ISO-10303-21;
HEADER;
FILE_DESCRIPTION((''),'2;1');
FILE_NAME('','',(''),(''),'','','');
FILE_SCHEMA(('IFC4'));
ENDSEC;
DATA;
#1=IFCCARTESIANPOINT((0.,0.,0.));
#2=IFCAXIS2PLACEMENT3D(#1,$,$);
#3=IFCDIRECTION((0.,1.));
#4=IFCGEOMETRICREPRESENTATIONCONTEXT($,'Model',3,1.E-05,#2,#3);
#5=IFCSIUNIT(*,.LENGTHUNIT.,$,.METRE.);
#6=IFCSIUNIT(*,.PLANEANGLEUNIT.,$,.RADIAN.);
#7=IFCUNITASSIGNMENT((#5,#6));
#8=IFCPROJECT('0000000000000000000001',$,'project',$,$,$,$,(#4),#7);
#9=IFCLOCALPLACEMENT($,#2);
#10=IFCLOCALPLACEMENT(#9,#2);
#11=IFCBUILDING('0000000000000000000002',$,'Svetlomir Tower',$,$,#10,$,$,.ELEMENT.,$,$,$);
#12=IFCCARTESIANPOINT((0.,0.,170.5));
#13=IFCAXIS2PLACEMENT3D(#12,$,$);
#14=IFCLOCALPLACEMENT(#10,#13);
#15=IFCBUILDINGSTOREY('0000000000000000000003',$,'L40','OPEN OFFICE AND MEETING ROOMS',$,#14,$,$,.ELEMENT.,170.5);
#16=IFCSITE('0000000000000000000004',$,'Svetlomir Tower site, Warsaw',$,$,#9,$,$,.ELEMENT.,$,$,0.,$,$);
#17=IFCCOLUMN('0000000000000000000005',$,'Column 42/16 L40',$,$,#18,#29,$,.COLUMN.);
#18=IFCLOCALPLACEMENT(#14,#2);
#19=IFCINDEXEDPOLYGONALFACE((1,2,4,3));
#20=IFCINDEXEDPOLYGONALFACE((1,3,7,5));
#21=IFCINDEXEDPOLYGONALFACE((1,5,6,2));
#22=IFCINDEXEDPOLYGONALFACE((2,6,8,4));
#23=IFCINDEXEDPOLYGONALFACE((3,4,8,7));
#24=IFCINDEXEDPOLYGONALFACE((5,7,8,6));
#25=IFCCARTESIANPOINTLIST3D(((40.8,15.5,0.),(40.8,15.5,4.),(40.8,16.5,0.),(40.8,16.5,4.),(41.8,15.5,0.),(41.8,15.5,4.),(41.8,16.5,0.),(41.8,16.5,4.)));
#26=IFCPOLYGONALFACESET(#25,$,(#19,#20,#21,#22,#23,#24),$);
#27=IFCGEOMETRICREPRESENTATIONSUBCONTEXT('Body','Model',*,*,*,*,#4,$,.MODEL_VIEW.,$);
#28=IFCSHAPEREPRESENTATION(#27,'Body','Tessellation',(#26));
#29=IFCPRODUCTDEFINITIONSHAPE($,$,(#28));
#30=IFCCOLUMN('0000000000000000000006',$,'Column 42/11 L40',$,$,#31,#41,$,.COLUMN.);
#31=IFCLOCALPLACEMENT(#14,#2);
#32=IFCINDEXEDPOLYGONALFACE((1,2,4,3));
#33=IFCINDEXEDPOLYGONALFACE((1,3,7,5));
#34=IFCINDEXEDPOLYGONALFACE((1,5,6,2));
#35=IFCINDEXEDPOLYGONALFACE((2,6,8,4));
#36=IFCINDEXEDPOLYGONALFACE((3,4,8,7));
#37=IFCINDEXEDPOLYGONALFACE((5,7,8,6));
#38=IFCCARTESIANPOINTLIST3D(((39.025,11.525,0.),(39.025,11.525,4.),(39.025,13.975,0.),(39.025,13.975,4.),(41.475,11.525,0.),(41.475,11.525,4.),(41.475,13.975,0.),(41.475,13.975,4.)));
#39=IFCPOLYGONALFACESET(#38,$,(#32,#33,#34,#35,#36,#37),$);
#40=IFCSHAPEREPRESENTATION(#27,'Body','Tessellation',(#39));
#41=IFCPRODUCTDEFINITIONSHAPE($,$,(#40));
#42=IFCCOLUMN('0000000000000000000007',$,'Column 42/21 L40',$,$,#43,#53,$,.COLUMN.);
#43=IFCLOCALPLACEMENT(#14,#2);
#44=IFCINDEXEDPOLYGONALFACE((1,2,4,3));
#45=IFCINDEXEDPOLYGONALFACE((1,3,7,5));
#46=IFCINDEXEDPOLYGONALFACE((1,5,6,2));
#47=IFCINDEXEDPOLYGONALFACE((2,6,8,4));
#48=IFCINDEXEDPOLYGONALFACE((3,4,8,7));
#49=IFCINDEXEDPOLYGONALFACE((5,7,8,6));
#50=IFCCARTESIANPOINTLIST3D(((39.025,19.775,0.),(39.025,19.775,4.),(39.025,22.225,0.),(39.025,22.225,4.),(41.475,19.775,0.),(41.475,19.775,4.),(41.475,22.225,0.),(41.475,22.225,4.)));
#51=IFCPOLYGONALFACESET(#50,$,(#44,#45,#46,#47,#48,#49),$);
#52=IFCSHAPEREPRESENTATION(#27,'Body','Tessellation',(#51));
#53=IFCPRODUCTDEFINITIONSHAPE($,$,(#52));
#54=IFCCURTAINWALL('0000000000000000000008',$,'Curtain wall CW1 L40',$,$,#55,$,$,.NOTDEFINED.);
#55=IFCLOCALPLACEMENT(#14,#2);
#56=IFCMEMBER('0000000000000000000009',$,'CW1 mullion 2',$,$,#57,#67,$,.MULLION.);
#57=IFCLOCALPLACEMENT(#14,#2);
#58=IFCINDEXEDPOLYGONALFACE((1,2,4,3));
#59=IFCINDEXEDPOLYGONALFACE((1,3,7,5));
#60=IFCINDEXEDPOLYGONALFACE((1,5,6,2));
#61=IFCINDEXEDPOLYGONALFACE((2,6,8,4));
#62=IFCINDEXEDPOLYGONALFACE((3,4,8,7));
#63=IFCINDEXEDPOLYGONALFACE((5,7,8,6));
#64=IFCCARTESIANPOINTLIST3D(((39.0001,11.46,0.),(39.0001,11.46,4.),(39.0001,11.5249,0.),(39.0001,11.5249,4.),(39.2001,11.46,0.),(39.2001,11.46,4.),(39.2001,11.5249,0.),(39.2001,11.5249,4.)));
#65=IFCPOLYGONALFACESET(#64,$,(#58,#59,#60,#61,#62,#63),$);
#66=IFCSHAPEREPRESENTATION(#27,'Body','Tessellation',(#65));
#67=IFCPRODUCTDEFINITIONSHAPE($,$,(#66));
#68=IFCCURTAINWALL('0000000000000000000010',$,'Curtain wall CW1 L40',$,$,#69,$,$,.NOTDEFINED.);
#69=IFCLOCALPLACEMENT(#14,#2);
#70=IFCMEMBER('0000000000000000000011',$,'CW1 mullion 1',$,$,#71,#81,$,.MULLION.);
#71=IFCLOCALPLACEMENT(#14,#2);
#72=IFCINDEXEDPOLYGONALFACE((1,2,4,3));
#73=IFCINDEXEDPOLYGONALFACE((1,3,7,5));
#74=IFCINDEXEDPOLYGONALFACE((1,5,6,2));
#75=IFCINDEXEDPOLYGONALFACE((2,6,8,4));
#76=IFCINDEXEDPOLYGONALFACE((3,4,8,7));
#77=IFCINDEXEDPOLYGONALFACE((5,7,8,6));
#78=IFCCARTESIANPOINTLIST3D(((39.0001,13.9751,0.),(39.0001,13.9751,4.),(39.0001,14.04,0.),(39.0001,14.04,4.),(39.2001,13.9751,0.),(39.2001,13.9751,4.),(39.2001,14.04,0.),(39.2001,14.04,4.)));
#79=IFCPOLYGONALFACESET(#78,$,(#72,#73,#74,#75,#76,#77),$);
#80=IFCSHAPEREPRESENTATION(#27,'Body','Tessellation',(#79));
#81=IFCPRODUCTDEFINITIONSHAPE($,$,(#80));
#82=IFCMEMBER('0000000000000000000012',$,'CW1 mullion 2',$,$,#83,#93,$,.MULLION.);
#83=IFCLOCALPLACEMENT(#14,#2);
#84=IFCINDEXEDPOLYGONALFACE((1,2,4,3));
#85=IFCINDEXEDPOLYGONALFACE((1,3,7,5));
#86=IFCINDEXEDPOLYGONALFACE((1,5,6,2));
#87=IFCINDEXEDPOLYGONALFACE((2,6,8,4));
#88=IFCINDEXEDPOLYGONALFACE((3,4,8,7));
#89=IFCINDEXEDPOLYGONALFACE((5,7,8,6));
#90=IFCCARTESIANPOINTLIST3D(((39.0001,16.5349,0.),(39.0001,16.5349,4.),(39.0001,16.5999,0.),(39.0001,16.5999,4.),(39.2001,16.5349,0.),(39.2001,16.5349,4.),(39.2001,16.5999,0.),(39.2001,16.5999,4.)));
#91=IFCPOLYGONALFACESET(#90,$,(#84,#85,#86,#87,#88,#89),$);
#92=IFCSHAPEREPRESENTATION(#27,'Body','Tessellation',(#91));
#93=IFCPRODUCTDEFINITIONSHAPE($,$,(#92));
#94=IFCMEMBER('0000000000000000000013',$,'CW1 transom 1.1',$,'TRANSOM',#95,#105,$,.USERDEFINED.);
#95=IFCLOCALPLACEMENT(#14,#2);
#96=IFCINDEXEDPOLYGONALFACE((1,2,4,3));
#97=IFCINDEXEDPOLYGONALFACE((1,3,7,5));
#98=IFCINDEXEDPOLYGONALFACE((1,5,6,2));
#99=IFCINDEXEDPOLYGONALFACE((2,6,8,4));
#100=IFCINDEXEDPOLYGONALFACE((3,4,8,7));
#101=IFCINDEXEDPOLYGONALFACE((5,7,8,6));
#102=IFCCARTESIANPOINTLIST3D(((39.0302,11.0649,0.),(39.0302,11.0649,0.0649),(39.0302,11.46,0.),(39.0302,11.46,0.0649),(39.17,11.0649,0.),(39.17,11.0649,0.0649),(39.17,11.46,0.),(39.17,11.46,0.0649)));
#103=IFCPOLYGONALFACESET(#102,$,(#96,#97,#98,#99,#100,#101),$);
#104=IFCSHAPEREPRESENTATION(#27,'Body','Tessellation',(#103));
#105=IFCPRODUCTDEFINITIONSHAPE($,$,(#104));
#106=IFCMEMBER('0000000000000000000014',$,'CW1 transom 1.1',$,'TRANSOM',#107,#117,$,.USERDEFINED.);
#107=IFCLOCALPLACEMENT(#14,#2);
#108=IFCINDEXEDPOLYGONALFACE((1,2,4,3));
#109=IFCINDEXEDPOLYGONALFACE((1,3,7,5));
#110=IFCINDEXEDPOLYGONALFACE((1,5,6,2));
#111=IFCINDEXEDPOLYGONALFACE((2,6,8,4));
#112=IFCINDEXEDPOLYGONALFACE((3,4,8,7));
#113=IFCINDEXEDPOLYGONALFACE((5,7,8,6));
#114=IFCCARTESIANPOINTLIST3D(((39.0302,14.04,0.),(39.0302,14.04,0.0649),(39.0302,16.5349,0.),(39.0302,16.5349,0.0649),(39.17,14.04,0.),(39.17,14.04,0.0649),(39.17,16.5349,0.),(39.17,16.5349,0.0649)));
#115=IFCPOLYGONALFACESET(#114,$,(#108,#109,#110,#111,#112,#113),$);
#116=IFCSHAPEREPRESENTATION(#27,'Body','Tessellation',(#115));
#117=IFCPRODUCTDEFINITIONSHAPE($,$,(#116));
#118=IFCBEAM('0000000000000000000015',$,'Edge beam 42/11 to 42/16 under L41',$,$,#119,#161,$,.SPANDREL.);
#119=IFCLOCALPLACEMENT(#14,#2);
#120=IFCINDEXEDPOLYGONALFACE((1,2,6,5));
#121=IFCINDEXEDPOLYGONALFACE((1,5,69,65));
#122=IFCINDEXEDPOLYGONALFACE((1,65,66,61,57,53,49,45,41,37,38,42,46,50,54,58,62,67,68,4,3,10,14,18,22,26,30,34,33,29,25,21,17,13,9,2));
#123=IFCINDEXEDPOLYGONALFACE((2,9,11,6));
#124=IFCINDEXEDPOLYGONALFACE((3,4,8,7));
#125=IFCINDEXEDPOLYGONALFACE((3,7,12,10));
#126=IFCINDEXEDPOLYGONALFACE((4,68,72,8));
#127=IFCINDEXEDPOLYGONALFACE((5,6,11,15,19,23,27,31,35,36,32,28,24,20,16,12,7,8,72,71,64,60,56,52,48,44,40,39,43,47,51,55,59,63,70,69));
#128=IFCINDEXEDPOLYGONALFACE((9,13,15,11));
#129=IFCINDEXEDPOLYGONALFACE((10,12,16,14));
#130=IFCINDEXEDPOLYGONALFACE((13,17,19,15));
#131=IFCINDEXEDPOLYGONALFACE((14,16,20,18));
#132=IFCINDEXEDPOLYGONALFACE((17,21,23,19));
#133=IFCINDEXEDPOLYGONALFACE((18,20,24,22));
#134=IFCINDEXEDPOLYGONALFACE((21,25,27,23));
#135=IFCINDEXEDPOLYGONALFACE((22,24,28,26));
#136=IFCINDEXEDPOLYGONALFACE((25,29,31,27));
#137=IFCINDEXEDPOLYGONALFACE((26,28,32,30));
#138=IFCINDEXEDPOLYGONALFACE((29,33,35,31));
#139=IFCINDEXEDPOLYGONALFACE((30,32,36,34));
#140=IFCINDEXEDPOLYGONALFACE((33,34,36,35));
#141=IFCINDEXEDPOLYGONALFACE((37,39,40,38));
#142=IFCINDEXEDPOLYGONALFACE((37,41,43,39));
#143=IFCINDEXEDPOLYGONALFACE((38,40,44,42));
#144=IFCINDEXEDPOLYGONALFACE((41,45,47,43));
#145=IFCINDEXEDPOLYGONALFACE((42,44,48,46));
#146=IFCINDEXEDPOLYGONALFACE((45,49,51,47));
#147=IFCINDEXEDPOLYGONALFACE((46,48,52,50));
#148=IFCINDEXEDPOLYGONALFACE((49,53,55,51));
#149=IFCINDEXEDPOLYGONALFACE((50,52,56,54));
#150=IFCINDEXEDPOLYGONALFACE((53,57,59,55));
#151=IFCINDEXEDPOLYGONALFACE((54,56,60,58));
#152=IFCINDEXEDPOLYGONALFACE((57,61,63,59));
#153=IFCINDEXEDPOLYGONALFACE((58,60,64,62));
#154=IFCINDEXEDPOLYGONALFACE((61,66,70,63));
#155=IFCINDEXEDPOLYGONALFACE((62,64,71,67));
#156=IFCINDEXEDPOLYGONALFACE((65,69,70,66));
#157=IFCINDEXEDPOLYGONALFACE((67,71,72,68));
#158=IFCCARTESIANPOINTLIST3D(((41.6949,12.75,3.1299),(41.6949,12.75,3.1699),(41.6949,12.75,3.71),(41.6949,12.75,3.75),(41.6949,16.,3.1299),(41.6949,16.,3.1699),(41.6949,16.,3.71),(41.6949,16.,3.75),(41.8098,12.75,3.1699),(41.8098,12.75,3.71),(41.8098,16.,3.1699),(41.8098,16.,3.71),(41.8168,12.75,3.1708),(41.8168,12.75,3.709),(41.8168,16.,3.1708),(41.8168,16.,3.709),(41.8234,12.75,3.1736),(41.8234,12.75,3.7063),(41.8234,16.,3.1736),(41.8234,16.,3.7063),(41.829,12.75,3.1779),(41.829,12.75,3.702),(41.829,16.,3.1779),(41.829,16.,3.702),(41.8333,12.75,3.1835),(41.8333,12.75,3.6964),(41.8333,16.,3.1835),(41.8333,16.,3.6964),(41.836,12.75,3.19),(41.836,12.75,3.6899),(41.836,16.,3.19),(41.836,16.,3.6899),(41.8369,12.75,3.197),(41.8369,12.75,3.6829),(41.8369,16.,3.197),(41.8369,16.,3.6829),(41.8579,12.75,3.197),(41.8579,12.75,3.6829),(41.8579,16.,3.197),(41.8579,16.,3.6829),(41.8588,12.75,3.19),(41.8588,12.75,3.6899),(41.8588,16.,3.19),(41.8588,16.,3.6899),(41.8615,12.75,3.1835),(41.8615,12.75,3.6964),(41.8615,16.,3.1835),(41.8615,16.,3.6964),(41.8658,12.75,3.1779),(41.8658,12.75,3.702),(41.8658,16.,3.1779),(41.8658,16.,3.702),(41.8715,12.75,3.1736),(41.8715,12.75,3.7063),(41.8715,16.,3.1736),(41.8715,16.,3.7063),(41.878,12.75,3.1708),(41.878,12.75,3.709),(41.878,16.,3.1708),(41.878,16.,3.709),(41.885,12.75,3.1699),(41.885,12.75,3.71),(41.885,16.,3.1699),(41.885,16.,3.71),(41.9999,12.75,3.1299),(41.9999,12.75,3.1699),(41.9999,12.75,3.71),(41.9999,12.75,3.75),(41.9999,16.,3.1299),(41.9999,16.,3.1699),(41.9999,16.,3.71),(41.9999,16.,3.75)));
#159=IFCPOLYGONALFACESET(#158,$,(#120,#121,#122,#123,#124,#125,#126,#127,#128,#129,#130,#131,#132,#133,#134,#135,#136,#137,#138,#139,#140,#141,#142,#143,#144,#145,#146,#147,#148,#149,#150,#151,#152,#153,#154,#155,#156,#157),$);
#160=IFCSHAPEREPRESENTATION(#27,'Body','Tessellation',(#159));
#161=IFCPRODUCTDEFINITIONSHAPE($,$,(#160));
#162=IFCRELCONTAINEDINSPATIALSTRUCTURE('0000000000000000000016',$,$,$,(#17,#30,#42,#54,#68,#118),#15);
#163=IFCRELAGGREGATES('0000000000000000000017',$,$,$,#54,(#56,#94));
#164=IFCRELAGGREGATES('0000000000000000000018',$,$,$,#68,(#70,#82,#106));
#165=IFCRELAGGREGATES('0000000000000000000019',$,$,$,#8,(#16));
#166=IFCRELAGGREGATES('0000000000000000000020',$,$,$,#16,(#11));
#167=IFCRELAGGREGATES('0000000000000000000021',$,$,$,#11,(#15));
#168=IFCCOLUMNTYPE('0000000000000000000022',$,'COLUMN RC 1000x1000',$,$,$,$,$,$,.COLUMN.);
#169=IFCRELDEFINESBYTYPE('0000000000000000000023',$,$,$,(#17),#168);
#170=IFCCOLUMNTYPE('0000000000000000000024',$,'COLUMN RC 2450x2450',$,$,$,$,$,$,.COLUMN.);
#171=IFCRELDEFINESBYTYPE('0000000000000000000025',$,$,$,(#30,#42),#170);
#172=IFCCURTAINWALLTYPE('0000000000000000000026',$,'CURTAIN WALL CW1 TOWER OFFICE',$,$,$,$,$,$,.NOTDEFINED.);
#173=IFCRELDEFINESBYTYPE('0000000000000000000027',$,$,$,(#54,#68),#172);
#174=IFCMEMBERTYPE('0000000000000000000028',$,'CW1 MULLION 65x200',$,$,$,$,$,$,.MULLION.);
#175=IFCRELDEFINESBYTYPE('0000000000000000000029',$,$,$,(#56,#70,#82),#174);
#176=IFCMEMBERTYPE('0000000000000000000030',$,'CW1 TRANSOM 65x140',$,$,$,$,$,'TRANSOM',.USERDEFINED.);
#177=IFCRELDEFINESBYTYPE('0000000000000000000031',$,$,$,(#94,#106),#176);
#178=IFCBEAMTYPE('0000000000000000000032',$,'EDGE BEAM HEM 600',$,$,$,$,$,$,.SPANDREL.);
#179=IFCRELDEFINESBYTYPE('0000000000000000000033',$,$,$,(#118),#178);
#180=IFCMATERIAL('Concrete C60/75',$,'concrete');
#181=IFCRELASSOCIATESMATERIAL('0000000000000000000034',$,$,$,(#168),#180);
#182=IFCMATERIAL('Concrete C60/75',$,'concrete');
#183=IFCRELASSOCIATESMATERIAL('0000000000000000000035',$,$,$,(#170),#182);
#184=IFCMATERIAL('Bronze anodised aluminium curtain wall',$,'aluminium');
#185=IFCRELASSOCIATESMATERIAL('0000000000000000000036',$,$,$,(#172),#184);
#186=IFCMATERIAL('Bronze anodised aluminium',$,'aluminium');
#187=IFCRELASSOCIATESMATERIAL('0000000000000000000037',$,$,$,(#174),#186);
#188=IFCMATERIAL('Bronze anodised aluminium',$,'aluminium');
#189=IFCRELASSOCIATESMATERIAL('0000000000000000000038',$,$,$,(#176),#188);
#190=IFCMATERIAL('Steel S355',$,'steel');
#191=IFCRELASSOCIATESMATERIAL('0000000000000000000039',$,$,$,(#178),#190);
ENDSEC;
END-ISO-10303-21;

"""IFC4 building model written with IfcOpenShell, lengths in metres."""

from ifc_helpers import new_model, si_unit, direction, frame, origin, origin_2d, place, context, subcontext, project, spatial, rectangle, i_section, extrude, material, material_profile, profile_set, type_object, element, aggregate, save


model = new_model("IFC4")

# Units and contexts
model_context = context("Model", 3, precision=1e-05, world=origin(), true_north=direction((0.0, 1.0)))
body_context = subcontext(model_context, "Body", "Model", "MODEL_VIEW")
ifc_project = project(units=[si_unit("LENGTHUNIT", "METRE"), si_unit("PLANEANGLEUNIT", "RADIAN")], contexts=[model_context])

# Site, building, storey
site_placement = place(None, origin())
site = spatial("IfcSite", under=ifc_project, at=site_placement, Name="Svetlomir Tower site, Warsaw", CompositionType="ELEMENT", RefElevation=0.0)
building_placement = place(site_placement, origin())
building = spatial("IfcBuilding", under=site, at=building_placement, Name="Svetlomir Tower", CompositionType="ELEMENT")
storey_placement = place(building_placement, frame((0.0, 0.0, 170.5)))
storey = spatial("IfcBuildingStorey", under=building, at=storey_placement, Name="L40", Description="OPEN OFFICE AND MEETING ROOMS", CompositionType="ELEMENT", Elevation=170.5)

# Columns
ifc_material_1 = material(Name="Concrete C60/75", Category="concrete")
ifc_material_profile_1 = material_profile(ifc_material_1, rectangle(XDim=1.0, YDim=1.0, at=origin_2d()), Name="RC 1000x1000")
ifc_profile_set_1 = profile_set([ifc_material_profile_1], Name="Concrete C60/75")
column_type_1 = type_object("IfcColumnType", Name="COLUMN RC 1000x1000", PredefinedType="COLUMN", material=ifc_profile_set_1)
column_placement = place(storey_placement, frame((41.3, 16.0, 0.0), z_axis=(0.0, 0.0, 1.0), x_axis=(1.0, 0.0, 0.0)))
element("IfcColumn", 1, at=column_placement, inside=storey, type_object=column_type_1, Name="Column 42/16 L40", PredefinedType="COLUMN", context=body_context, shape_type="SweptSolid", body=[
    extrude(rectangle(XDim=1.0, YDim=1.0, at=origin_2d()), origin(), (0.0, 0.0, 1.0), 4.0),
])
ifc_material_2 = material(Name="Concrete C60/75", Category="concrete")
ifc_material_profile_2 = material_profile(ifc_material_2, rectangle(XDim=2.45, YDim=2.45, at=origin_2d()), Name="RC 2450x2450")
ifc_profile_set_2 = profile_set([ifc_material_profile_2], Name="Concrete C60/75")
column_type_2 = type_object("IfcColumnType", Name="COLUMN RC 2450x2450", PredefinedType="COLUMN", material=ifc_profile_set_2)
for number, where, z_axis, x_axis, name in (
    (2, (40.25, 12.75, 0.0), (0.0, 0.0, 1.0), (1.0, 0.0, 0.0), "Column 42/11 L40"),
    (3, (40.25, 21.0, 0.0), (0.0, 0.0, 1.0), (1.0, 0.0, 0.0), "Column 42/21 L40"),
):
    element("IfcColumn", number, at=place(storey_placement, frame(where, z_axis=z_axis, x_axis=x_axis)), inside=storey, type_object=column_type_2, Name=name, PredefinedType="COLUMN", context=body_context, shape_type="SweptSolid", body=[
        extrude(rectangle(XDim=2.45, YDim=2.45, at=origin_2d()), origin(), (0.0, 0.0, 1.0), 4.0),
    ])

# Curtain wall, member
ifc_material_3 = material(Name="Bronze anodised aluminium curtain wall", Category="aluminium")
curtain_wall_type = type_object("IfcCurtainWallType", Name="CURTAIN WALL CW1 TOWER OFFICE", PredefinedType="NOTDEFINED", material=ifc_material_3)
curtain_wall_1_placement = place(storey_placement, origin())
curtain_wall_1 = element("IfcCurtainWall", 4, at=curtain_wall_1_placement, inside=storey, type_object=curtain_wall_type, Name="Curtain wall CW1 L40", PredefinedType="NOTDEFINED")
ifc_material_4 = material(Name="Bronze anodised aluminium", Category="aluminium")
ifc_material_profile_3 = material_profile(ifc_material_4, rectangle(XDim=0.0649, YDim=0.2, at=origin_2d()), Name="AL 65x200")
ifc_profile_set_3 = profile_set([ifc_material_profile_3], Name="Bronze anodised aluminium 6063-T6")
member_type_1 = type_object("IfcMemberType", Name="CW1 MULLION 65x200", PredefinedType="MULLION", material=ifc_profile_set_3)
member_1_placement = place(storey_placement, frame((39.1001, 11.4924, 0.0), z_axis=(0.0, 0.0, 1.0), x_axis=(0.0, 1.0, 0.0)))
member_1 = element("IfcMember", 5, at=member_1_placement, type_object=member_type_1, Name="CW1 mullion 2", PredefinedType="MULLION", context=body_context, shape_type="SweptSolid", body=[
    extrude(rectangle(XDim=0.0649, YDim=0.2, at=origin_2d()), origin(), (0.0, 0.0, 1.0), 4.0),
])

# Curtain wall, members
curtain_wall_2_placement = place(storey_placement, origin())
curtain_wall_2 = element("IfcCurtainWall", 6, at=curtain_wall_2_placement, inside=storey, type_object=curtain_wall_type, Name="Curtain wall CW1 L40", PredefinedType="NOTDEFINED")
member_2_placement = place(storey_placement, frame((39.1001, 14.0076, 0.0), z_axis=(0.0, 0.0, 1.0), x_axis=(0.0, 1.0, 0.0)))
member_2 = element("IfcMember", 7, at=member_2_placement, type_object=member_type_1, Name="CW1 mullion 1", PredefinedType="MULLION", context=body_context, shape_type="SweptSolid", body=[
    extrude(rectangle(XDim=0.0649, YDim=0.2, at=origin_2d()), origin(), (0.0, 0.0, 1.0), 4.0),
])
member_3_placement = place(storey_placement, frame((39.1001, 16.5674, 0.0), z_axis=(0.0, 0.0, 1.0), x_axis=(0.0, 1.0, 0.0)))
member_3 = element("IfcMember", 8, at=member_3_placement, type_object=member_type_1, Name="CW1 mullion 2", PredefinedType="MULLION", context=body_context, shape_type="SweptSolid", body=[
    extrude(rectangle(XDim=0.0649, YDim=0.2, at=origin_2d()), origin(), (0.0, 0.0, 1.0), 4.0),
])

# Members
ifc_material_5 = material(Name="Bronze anodised aluminium", Category="aluminium")
ifc_material_profile_4 = material_profile(ifc_material_5, rectangle(XDim=0.1399, YDim=0.0649, at=origin_2d()), Name="AL 140x65")
ifc_profile_set_4 = profile_set([ifc_material_profile_4], Name="Bronze anodised aluminium 6063-T6")
member_type_2 = type_object("IfcMemberType", Name="CW1 TRANSOM 65x140", ElementType="TRANSOM", PredefinedType="USERDEFINED", material=ifc_profile_set_4)
member_4_placement = place(storey_placement, frame((39.1001, 11.0649, 0.0325), z_axis=(0.0, 1.0, 0.0), x_axis=(-1.0, 0.0, 0.0)))
member_4 = element("IfcMember", 9, at=member_4_placement, type_object=member_type_2, Name="CW1 transom 1.1", ObjectType="TRANSOM", PredefinedType="USERDEFINED", context=body_context, shape_type="SweptSolid", body=[
    extrude(rectangle(XDim=0.1399, YDim=0.0649, at=origin_2d()), origin(), (0.0, 0.0, 1.0), 0.395),
])
member_5_placement = place(storey_placement, frame((39.1001, 14.04, 0.0325), z_axis=(0.0, 1.0, 0.0), x_axis=(-1.0, 0.0, 0.0)))
member_5 = element("IfcMember", 10, at=member_5_placement, type_object=member_type_2, Name="CW1 transom 1.1", ObjectType="TRANSOM", PredefinedType="USERDEFINED", context=body_context, shape_type="SweptSolid", body=[
    extrude(rectangle(XDim=0.1399, YDim=0.0649, at=origin_2d()), origin(), (0.0, 0.0, 1.0), 2.4949),
])

# Beam
ifc_material_6 = material(Name="Steel S355", Category="steel")
ifc_material_profile_5 = material_profile(ifc_material_6, i_section(OverallWidth=0.3049, OverallDepth=0.6201, WebThickness=0.021, FlangeThickness=0.04, FilletRadius=0.0271, at=origin_2d()), Name="HEM 600")
ifc_profile_set_5 = profile_set([ifc_material_profile_5], Name="Steel S355")
beam_type_1 = type_object("IfcBeamType", Name="EDGE BEAM HEM 600", PredefinedType="SPANDREL", material=ifc_profile_set_5)
beam_1_placement = place(storey_placement, frame((41.8474, 12.75, 3.4399), z_axis=(0.0, 1.0, 0.0), x_axis=(-1.0, 0.0, 0.0)))
element("IfcBeam", 11, at=beam_1_placement, inside=storey, type_object=beam_type_1, Name="Edge beam 42/11 to 42/16 under L41", PredefinedType="SPANDREL", context=body_context, shape_type="SweptSolid", body=[
    extrude(i_section(OverallWidth=0.3049, OverallDepth=0.6201, WebThickness=0.021, FlangeThickness=0.04, FilletRadius=0.0271, at=origin_2d()), origin(), (0.0, 0.0, 1.0), 3.25),
])

aggregate(curtain_wall_1, [member_1, member_4])
aggregate(curtain_wall_2, [member_2, member_3, member_5])

save(model, "model.ifc")
